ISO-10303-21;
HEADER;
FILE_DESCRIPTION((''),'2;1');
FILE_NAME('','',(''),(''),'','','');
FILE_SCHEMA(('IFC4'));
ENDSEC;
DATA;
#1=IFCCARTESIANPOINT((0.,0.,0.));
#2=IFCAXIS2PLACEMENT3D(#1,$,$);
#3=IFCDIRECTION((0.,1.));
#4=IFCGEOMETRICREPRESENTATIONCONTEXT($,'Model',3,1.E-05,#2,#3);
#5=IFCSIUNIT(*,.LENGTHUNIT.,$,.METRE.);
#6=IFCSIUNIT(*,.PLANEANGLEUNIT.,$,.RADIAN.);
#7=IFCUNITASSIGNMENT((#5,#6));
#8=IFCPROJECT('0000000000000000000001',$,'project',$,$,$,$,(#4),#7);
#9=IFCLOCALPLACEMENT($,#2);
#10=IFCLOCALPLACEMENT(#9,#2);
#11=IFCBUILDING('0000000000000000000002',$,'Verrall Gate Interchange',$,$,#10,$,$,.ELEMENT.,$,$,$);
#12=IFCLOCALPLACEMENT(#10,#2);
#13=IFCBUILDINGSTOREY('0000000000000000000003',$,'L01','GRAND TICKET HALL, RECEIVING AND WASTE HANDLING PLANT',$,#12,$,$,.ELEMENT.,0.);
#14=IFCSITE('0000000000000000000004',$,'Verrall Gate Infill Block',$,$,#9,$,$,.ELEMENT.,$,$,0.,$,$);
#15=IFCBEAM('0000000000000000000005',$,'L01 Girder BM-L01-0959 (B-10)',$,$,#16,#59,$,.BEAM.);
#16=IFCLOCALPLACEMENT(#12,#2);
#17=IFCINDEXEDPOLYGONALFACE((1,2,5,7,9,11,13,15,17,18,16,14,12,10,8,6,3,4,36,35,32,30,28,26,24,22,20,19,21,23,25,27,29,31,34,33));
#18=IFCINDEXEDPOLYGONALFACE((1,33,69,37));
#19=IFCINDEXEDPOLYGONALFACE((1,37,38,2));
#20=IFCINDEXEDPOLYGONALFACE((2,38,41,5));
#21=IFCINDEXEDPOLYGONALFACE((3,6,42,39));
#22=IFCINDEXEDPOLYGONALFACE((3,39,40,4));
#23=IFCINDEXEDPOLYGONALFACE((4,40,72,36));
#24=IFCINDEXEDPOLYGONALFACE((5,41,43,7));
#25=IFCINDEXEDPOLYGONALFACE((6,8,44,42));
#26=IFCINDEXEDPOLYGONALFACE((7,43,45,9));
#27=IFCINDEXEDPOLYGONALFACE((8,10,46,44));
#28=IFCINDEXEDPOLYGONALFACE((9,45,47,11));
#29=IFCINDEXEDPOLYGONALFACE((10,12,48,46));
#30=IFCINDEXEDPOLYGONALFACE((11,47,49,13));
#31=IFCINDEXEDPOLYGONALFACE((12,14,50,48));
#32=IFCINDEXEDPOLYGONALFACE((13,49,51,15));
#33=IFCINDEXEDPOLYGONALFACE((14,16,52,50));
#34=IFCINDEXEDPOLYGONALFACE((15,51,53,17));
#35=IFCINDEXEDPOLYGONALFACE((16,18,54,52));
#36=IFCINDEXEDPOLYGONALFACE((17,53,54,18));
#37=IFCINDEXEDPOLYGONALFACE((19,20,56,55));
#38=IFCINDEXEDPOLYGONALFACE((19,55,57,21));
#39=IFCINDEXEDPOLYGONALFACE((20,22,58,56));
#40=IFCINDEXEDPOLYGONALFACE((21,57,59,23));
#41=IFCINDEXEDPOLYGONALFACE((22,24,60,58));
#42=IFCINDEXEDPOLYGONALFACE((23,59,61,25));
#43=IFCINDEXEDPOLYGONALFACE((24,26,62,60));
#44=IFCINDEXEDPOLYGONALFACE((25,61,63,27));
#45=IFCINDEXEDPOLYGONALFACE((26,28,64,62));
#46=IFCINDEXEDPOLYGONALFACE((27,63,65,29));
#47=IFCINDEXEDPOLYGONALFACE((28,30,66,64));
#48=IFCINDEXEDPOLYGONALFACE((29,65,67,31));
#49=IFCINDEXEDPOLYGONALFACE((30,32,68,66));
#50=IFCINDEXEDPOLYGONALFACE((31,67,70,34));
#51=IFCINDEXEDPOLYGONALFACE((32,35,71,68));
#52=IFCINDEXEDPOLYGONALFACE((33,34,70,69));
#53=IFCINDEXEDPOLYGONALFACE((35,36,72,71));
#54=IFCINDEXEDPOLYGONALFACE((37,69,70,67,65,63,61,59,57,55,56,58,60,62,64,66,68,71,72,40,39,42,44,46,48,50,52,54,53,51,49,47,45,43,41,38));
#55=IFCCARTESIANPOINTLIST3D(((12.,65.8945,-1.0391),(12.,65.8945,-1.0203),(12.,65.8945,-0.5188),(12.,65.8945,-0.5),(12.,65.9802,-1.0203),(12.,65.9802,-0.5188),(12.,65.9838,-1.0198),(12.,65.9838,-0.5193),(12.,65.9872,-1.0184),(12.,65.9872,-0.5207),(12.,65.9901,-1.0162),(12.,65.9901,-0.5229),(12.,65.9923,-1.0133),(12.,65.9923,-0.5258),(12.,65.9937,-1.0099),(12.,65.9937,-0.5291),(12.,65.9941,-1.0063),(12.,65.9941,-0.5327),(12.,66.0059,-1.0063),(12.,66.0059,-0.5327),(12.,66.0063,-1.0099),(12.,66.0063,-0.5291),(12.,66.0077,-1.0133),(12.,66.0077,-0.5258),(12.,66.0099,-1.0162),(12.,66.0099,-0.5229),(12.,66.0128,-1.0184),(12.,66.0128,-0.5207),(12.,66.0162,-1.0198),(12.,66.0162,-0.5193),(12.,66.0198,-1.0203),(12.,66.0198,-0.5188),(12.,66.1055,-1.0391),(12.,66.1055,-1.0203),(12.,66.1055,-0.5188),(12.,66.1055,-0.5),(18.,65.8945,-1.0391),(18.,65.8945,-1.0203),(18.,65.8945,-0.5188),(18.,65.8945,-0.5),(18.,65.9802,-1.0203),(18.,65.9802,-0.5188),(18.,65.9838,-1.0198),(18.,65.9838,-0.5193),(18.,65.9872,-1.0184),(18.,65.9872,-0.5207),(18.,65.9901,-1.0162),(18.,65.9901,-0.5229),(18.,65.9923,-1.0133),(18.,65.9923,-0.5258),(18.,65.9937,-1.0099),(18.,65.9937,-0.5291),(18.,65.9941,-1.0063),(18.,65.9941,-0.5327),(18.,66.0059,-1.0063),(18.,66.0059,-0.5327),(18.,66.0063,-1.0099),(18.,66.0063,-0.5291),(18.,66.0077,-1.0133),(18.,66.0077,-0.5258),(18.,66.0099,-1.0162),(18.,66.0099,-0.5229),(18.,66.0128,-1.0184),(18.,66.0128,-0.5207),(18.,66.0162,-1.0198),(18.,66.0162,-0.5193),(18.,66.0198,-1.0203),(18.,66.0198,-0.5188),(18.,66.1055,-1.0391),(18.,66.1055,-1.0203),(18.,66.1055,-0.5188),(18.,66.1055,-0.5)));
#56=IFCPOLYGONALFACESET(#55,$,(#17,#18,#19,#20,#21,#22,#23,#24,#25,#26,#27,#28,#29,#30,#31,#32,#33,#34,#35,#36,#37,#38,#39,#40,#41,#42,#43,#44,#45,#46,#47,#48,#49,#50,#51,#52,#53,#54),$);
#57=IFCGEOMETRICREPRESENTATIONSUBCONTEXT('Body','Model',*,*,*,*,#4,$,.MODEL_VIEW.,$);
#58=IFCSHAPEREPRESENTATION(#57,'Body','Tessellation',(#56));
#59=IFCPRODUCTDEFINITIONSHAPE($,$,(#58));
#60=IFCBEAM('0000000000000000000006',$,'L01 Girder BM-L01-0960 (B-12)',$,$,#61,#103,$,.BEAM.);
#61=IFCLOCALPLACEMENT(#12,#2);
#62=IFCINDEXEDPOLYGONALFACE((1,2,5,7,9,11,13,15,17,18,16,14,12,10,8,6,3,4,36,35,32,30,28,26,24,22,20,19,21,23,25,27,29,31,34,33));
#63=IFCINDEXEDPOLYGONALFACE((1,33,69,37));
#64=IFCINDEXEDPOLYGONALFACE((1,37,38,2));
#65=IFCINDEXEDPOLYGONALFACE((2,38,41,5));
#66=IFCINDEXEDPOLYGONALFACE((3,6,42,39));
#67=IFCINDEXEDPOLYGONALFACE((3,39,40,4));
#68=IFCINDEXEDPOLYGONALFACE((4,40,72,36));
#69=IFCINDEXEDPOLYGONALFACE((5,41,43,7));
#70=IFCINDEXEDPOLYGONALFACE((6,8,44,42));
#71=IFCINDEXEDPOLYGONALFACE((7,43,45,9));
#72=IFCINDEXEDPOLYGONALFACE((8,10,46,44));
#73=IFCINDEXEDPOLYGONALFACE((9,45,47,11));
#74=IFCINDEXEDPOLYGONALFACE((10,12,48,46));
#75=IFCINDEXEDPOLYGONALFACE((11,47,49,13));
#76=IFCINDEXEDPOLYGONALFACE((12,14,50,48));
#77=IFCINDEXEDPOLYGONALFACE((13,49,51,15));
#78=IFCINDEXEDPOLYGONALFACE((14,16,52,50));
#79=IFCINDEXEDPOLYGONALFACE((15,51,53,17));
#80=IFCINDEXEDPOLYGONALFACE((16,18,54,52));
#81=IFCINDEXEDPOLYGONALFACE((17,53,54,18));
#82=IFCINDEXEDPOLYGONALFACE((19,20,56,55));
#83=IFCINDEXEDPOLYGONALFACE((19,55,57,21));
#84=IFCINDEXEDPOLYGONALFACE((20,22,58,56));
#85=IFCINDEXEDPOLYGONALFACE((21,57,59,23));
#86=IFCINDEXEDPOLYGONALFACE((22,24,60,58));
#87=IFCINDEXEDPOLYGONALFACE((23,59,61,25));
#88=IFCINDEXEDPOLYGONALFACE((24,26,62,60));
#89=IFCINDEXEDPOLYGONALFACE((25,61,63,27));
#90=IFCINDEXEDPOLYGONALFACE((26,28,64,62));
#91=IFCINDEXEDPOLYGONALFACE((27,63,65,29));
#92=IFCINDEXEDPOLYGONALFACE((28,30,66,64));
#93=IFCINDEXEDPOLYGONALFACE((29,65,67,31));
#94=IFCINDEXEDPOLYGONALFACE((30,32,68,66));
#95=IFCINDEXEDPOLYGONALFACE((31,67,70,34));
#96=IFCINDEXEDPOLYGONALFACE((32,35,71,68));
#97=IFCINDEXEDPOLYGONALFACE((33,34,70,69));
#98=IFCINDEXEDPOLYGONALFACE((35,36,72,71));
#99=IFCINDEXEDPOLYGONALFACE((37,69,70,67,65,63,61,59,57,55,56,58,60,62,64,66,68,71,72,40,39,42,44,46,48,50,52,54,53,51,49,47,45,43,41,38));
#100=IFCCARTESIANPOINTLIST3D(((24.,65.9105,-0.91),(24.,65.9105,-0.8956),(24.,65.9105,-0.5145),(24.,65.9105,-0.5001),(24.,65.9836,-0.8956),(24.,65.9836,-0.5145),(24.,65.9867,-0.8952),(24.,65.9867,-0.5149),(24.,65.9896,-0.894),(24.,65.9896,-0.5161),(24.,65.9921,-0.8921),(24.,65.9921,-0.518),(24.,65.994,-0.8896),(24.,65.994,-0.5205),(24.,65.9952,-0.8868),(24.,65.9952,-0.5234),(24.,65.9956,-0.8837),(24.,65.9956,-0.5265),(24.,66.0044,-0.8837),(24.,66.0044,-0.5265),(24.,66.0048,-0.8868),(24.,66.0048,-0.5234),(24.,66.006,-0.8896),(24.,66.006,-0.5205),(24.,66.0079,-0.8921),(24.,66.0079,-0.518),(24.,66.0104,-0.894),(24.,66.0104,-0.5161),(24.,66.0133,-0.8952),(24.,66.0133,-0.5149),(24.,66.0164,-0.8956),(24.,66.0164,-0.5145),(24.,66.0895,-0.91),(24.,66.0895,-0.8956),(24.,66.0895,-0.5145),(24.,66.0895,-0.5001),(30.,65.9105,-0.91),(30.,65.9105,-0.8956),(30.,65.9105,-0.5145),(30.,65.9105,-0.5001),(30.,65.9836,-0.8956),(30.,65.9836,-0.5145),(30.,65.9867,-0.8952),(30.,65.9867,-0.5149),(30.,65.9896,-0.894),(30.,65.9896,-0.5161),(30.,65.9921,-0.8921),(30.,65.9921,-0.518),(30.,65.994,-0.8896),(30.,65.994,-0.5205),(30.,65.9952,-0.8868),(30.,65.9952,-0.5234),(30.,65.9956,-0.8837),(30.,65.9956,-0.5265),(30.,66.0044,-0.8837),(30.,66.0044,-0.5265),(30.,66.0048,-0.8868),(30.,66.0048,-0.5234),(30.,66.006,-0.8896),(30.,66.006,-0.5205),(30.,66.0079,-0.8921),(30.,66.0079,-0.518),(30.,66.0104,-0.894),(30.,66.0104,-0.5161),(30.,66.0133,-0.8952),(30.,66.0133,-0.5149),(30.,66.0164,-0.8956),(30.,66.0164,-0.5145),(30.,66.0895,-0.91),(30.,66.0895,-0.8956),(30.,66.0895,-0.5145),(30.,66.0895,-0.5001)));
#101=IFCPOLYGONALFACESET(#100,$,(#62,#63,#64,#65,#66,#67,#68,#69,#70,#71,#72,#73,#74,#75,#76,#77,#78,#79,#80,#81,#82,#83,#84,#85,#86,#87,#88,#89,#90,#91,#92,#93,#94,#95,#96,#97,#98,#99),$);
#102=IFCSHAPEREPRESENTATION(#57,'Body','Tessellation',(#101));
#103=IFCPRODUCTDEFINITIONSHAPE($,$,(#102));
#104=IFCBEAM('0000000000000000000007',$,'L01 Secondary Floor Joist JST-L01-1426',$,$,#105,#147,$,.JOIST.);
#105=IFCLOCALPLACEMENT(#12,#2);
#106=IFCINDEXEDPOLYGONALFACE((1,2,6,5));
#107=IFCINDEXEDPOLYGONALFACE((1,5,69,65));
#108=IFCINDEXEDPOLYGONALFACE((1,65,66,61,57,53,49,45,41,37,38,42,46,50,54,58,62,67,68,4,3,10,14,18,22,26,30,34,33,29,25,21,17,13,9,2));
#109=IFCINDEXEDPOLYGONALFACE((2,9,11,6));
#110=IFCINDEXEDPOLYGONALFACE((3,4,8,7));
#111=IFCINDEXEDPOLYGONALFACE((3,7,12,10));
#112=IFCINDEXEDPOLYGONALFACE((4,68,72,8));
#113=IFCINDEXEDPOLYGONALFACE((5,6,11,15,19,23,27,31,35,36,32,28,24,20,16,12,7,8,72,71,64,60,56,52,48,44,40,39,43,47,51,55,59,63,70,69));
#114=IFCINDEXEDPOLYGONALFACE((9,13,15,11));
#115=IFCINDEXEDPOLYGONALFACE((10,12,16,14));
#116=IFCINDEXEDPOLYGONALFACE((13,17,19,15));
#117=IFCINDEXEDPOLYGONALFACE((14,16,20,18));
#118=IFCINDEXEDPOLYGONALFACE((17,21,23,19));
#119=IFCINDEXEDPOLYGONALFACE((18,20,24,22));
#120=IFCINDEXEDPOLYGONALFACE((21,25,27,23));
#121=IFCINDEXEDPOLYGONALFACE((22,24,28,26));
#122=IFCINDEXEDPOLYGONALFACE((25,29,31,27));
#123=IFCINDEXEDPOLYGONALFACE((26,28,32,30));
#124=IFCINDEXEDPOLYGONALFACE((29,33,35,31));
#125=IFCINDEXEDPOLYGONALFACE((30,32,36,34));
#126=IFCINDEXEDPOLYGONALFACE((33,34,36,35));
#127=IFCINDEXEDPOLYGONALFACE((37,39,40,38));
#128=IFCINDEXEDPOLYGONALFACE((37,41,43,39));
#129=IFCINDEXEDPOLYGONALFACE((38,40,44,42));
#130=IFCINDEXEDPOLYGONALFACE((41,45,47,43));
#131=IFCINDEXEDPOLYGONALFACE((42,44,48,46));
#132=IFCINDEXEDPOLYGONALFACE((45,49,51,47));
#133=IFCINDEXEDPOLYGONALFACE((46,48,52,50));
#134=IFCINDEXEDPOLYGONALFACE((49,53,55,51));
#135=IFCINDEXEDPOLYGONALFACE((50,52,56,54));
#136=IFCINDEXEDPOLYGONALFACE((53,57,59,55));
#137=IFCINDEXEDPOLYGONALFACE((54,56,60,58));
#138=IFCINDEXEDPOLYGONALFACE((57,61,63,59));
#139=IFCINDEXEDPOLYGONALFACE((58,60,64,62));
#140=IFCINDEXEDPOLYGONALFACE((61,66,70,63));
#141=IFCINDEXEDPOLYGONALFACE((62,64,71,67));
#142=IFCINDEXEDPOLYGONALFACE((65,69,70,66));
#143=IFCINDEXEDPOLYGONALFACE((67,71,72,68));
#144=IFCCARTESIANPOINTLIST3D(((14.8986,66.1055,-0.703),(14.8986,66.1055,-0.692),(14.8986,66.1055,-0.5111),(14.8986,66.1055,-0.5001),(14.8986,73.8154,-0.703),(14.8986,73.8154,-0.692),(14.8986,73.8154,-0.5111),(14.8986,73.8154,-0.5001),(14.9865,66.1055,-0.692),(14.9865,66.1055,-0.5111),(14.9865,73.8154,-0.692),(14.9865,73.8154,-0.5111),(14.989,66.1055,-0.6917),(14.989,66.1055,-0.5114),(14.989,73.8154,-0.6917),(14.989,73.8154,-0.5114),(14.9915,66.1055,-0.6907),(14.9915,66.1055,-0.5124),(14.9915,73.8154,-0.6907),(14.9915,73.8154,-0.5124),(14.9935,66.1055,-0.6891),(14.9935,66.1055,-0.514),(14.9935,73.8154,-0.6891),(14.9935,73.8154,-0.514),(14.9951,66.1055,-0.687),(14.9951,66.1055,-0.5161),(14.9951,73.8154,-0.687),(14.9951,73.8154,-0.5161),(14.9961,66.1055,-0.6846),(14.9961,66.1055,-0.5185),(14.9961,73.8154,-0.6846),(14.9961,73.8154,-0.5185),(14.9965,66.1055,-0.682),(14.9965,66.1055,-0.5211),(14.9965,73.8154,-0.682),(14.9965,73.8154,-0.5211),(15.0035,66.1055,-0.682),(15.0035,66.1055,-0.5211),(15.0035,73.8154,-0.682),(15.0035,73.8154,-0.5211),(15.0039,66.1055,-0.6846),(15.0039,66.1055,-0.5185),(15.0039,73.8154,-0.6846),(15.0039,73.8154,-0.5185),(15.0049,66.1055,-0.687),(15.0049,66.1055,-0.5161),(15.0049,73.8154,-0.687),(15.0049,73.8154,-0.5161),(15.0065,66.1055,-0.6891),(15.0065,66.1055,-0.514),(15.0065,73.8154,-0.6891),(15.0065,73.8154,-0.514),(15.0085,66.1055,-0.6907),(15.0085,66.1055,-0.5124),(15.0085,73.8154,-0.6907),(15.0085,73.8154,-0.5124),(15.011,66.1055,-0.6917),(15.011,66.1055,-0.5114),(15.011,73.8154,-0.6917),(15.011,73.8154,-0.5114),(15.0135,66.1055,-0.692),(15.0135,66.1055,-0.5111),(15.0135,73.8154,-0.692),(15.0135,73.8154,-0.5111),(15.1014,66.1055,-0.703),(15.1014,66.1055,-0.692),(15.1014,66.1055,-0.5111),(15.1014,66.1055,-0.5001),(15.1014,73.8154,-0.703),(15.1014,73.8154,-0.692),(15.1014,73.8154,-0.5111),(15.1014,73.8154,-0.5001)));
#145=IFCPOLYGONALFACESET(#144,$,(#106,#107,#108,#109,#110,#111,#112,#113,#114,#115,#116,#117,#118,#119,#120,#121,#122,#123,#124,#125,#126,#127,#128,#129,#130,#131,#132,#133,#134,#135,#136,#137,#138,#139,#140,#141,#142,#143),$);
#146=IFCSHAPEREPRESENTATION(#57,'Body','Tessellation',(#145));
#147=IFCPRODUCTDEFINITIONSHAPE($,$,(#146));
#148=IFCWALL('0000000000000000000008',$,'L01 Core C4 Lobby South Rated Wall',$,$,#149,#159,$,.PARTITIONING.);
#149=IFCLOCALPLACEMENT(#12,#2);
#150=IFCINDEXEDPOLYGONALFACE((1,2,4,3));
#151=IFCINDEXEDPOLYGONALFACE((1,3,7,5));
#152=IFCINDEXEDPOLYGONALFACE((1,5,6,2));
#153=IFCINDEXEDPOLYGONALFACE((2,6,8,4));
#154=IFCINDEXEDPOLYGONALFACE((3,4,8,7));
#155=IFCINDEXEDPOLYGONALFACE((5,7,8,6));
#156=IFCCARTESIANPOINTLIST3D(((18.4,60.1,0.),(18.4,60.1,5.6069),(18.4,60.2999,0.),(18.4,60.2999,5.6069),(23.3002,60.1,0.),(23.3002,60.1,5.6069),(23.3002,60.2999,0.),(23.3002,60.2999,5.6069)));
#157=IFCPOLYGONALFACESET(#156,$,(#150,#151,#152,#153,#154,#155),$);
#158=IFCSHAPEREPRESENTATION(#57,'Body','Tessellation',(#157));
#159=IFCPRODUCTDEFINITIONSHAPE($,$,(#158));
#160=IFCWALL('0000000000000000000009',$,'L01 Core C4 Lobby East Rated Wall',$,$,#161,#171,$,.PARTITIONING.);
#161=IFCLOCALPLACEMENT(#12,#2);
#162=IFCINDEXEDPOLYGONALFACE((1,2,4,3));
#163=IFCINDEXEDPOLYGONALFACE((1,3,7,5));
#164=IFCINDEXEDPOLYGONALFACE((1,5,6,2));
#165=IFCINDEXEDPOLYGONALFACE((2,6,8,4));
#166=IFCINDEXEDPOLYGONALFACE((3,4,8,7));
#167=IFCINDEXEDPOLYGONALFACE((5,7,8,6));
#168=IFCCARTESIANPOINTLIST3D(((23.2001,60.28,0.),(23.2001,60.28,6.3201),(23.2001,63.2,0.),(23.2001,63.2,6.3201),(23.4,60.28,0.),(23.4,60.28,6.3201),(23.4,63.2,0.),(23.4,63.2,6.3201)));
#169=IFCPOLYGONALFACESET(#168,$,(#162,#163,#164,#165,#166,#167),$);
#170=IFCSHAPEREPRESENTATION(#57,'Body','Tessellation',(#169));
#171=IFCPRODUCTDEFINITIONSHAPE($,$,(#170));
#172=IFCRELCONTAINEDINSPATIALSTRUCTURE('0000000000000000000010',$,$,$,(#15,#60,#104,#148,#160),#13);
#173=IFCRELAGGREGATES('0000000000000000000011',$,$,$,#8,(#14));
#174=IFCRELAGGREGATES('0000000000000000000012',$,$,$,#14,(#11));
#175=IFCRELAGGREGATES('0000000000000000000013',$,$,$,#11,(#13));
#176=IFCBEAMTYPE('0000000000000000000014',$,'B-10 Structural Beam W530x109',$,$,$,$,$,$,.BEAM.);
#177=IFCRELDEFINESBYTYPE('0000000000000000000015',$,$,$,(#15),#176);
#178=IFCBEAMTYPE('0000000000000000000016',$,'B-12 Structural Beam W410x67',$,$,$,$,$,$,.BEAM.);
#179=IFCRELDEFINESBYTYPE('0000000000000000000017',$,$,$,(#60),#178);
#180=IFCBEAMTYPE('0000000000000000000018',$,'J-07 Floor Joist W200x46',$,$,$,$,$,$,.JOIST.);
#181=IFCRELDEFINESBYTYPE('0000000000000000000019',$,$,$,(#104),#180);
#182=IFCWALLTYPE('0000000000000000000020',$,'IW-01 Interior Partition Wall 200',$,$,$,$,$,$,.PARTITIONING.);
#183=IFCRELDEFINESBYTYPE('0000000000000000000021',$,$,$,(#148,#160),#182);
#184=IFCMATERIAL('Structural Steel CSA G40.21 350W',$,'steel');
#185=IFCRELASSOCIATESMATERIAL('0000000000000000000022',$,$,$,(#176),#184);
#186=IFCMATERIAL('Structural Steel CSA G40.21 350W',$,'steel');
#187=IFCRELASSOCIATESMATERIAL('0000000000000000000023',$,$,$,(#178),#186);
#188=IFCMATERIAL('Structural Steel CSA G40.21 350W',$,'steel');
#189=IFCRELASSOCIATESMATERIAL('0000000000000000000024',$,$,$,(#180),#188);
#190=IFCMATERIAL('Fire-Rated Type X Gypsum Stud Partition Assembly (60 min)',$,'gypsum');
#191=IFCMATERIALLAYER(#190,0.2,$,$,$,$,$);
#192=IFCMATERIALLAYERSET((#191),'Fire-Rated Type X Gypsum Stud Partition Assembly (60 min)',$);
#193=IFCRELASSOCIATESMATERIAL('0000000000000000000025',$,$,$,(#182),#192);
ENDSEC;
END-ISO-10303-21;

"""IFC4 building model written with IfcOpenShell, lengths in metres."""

from ifc_helpers import new_model, si_unit, direction, frame, frame_2d, origin, origin_2d, place, context, subcontext, project, spatial, rectangle, i_section, extrude, material, layer, layer_set, material_profile, profile_set, type_object, element, save


model = new_model("IFC4")

# Units and contexts
model_context = context("Model", 3, precision=1e-05, world=origin(), true_north=direction((0.0, 1.0)))
body_context = subcontext(model_context, "Body", "Model", "MODEL_VIEW")
ifc_project = project(units=[si_unit("LENGTHUNIT", "METRE"), si_unit("PLANEANGLEUNIT", "RADIAN")], contexts=[model_context])

# Site, building, storey
site_placement = place(None, origin())
site = spatial("IfcSite", under=ifc_project, at=site_placement, Name="Verrall Gate Infill Block", CompositionType="ELEMENT", RefElevation=0.0)
building_placement = place(site_placement, origin())
building = spatial("IfcBuilding", under=site, at=building_placement, Name="Verrall Gate Interchange", CompositionType="ELEMENT")
storey_placement = place(building_placement, origin())
storey = spatial("IfcBuildingStorey", under=building, at=storey_placement, Name="L01", Description="GRAND TICKET HALL, RECEIVING AND WASTE HANDLING PLANT", CompositionType="ELEMENT", Elevation=0.0)

# Beams
ifc_material_1 = material(Name="Structural Steel CSA G40.21 350W", Category="steel")
ifc_material_profile_1 = material_profile(ifc_material_1, i_section(OverallWidth=0.2109, OverallDepth=0.5391, WebThickness=0.0117, FlangeThickness=0.0188, FilletRadius=0.0139, at=origin_2d()), Name="W530x109")
ifc_profile_set_1 = profile_set([ifc_material_profile_1], Name="Structural Steel CSA G40.21 350W")
beam_type_1 = type_object("IfcBeamType", Name="B-10 Structural Beam W530x109", PredefinedType="BEAM", material=ifc_profile_set_1)
beam_1_placement = place(storey_placement, frame((12.0, 66.0, -0.7695), z_axis=(1.0, 0.0, 0.0), x_axis=(0.0, 1.0, 0.0)))
element("IfcBeam", 1, at=beam_1_placement, inside=storey, type_object=beam_type_1, Name="L01 Girder BM-L01-0959 (B-10)", PredefinedType="BEAM", context=body_context, shape_type="SweptSolid", body=[
    extrude(i_section(OverallWidth=0.2109, OverallDepth=0.5391, WebThickness=0.0117, FlangeThickness=0.0188, FilletRadius=0.0139, at=origin_2d()), origin(), (0.0, 0.0, 1.0), 6.0),
])
ifc_material_2 = material(Name="Structural Steel CSA G40.21 350W", Category="steel")
ifc_material_profile_2 = material_profile(ifc_material_2, i_section(OverallWidth=0.179, OverallDepth=0.4099, WebThickness=0.0088, FlangeThickness=0.0144, FilletRadius=0.012, at=origin_2d()), Name="W410x67")
ifc_profile_set_2 = profile_set([ifc_material_profile_2], Name="Structural Steel CSA G40.21 350W")
beam_type_2 = type_object("IfcBeamType", Name="B-12 Structural Beam W410x67", PredefinedType="BEAM", material=ifc_profile_set_2)
beam_2_placement = place(storey_placement, frame((24.0, 66.0, -0.7051), z_axis=(1.0, 0.0, 0.0), x_axis=(0.0, 1.0, 0.0)))
element("IfcBeam", 2, at=beam_2_placement, inside=storey, type_object=beam_type_2, Name="L01 Girder BM-L01-0960 (B-12)", PredefinedType="BEAM", context=body_context, shape_type="SweptSolid", body=[
    extrude(i_section(OverallWidth=0.179, OverallDepth=0.4099, WebThickness=0.0088, FlangeThickness=0.0144, FilletRadius=0.012, at=origin_2d()), origin(), (0.0, 0.0, 1.0), 6.0),
])
ifc_material_3 = material(Name="Structural Steel CSA G40.21 350W", Category="steel")
ifc_material_profile_3 = material_profile(ifc_material_3, i_section(OverallWidth=0.2029, OverallDepth=0.2029, WebThickness=0.0071, FlangeThickness=0.011, FilletRadius=0.01, at=origin_2d()), Name="W200x46")
ifc_profile_set_3 = profile_set([ifc_material_profile_3], Name="Structural Steel CSA G40.21 350W")
beam_type_3 = type_object("IfcBeamType", Name="J-07 Floor Joist W200x46", PredefinedType="JOIST", material=ifc_profile_set_3)
beam_3_placement = place(storey_placement, frame((15.0, 66.1055, -0.6016), z_axis=(0.0, 1.0, 0.0), x_axis=(-1.0, 0.0, 0.0)))
element("IfcBeam", 3, at=beam_3_placement, inside=storey, type_object=beam_type_3, Name="L01 Secondary Floor Joist JST-L01-1426", PredefinedType="JOIST", context=body_context, shape_type="SweptSolid", body=[
    extrude(i_section(OverallWidth=0.2029, OverallDepth=0.2029, WebThickness=0.0071, FlangeThickness=0.011, FilletRadius=0.01, at=origin_2d()), origin(), (0.0, 0.0, 1.0), 7.71),
])

# Wall
ifc_material_4 = material(Name="Fire-Rated Type X Gypsum Stud Partition Assembly (60 min)", Category="gypsum")
ifc_layer_1 = layer(ifc_material_4, 0.2)
ifc_layer_set_1 = layer_set([ifc_layer_1], Name="Fire-Rated Type X Gypsum Stud Partition Assembly (60 min)")
wall_type_1 = type_object("IfcWallType", Name="IW-01 Interior Partition Wall 200", PredefinedType="PARTITIONING", material=ifc_layer_set_1)
wall_1_placement = place(storey_placement, frame((18.3999, 60.2, 0.0), z_axis=(0.0, 0.0, 1.0), x_axis=(1.0, 0.0, 0.0)))
element("IfcWall", 4, at=wall_1_placement, inside=storey, type_object=wall_type_1, Name="L01 Core C4 Lobby South Rated Wall", PredefinedType="PARTITIONING", context=body_context, shape_type="SweptSolid", body=[
    extrude(rectangle(XDim=4.9001, YDim=0.2, at=frame_2d((2.4502, 0.0))), origin(), (0.0, 0.0, 1.0), 5.6069),
])

# Wall
wall_2_placement = place(storey_placement, frame((23.3, 60.28, 0.0), z_axis=(0.0, 0.0, 1.0), x_axis=(0.0, 1.0, 0.0)))
element("IfcWall", 5, at=wall_2_placement, inside=storey, type_object=wall_type_1, Name="L01 Core C4 Lobby East Rated Wall", PredefinedType="PARTITIONING", context=body_context, shape_type="SweptSolid", body=[
    extrude(rectangle(XDim=2.9199, YDim=0.2, at=frame_2d((1.46, 0.0))), origin(), (0.0, 0.0, 1.0), 6.3201),
])

save(model, "model.ifc")
